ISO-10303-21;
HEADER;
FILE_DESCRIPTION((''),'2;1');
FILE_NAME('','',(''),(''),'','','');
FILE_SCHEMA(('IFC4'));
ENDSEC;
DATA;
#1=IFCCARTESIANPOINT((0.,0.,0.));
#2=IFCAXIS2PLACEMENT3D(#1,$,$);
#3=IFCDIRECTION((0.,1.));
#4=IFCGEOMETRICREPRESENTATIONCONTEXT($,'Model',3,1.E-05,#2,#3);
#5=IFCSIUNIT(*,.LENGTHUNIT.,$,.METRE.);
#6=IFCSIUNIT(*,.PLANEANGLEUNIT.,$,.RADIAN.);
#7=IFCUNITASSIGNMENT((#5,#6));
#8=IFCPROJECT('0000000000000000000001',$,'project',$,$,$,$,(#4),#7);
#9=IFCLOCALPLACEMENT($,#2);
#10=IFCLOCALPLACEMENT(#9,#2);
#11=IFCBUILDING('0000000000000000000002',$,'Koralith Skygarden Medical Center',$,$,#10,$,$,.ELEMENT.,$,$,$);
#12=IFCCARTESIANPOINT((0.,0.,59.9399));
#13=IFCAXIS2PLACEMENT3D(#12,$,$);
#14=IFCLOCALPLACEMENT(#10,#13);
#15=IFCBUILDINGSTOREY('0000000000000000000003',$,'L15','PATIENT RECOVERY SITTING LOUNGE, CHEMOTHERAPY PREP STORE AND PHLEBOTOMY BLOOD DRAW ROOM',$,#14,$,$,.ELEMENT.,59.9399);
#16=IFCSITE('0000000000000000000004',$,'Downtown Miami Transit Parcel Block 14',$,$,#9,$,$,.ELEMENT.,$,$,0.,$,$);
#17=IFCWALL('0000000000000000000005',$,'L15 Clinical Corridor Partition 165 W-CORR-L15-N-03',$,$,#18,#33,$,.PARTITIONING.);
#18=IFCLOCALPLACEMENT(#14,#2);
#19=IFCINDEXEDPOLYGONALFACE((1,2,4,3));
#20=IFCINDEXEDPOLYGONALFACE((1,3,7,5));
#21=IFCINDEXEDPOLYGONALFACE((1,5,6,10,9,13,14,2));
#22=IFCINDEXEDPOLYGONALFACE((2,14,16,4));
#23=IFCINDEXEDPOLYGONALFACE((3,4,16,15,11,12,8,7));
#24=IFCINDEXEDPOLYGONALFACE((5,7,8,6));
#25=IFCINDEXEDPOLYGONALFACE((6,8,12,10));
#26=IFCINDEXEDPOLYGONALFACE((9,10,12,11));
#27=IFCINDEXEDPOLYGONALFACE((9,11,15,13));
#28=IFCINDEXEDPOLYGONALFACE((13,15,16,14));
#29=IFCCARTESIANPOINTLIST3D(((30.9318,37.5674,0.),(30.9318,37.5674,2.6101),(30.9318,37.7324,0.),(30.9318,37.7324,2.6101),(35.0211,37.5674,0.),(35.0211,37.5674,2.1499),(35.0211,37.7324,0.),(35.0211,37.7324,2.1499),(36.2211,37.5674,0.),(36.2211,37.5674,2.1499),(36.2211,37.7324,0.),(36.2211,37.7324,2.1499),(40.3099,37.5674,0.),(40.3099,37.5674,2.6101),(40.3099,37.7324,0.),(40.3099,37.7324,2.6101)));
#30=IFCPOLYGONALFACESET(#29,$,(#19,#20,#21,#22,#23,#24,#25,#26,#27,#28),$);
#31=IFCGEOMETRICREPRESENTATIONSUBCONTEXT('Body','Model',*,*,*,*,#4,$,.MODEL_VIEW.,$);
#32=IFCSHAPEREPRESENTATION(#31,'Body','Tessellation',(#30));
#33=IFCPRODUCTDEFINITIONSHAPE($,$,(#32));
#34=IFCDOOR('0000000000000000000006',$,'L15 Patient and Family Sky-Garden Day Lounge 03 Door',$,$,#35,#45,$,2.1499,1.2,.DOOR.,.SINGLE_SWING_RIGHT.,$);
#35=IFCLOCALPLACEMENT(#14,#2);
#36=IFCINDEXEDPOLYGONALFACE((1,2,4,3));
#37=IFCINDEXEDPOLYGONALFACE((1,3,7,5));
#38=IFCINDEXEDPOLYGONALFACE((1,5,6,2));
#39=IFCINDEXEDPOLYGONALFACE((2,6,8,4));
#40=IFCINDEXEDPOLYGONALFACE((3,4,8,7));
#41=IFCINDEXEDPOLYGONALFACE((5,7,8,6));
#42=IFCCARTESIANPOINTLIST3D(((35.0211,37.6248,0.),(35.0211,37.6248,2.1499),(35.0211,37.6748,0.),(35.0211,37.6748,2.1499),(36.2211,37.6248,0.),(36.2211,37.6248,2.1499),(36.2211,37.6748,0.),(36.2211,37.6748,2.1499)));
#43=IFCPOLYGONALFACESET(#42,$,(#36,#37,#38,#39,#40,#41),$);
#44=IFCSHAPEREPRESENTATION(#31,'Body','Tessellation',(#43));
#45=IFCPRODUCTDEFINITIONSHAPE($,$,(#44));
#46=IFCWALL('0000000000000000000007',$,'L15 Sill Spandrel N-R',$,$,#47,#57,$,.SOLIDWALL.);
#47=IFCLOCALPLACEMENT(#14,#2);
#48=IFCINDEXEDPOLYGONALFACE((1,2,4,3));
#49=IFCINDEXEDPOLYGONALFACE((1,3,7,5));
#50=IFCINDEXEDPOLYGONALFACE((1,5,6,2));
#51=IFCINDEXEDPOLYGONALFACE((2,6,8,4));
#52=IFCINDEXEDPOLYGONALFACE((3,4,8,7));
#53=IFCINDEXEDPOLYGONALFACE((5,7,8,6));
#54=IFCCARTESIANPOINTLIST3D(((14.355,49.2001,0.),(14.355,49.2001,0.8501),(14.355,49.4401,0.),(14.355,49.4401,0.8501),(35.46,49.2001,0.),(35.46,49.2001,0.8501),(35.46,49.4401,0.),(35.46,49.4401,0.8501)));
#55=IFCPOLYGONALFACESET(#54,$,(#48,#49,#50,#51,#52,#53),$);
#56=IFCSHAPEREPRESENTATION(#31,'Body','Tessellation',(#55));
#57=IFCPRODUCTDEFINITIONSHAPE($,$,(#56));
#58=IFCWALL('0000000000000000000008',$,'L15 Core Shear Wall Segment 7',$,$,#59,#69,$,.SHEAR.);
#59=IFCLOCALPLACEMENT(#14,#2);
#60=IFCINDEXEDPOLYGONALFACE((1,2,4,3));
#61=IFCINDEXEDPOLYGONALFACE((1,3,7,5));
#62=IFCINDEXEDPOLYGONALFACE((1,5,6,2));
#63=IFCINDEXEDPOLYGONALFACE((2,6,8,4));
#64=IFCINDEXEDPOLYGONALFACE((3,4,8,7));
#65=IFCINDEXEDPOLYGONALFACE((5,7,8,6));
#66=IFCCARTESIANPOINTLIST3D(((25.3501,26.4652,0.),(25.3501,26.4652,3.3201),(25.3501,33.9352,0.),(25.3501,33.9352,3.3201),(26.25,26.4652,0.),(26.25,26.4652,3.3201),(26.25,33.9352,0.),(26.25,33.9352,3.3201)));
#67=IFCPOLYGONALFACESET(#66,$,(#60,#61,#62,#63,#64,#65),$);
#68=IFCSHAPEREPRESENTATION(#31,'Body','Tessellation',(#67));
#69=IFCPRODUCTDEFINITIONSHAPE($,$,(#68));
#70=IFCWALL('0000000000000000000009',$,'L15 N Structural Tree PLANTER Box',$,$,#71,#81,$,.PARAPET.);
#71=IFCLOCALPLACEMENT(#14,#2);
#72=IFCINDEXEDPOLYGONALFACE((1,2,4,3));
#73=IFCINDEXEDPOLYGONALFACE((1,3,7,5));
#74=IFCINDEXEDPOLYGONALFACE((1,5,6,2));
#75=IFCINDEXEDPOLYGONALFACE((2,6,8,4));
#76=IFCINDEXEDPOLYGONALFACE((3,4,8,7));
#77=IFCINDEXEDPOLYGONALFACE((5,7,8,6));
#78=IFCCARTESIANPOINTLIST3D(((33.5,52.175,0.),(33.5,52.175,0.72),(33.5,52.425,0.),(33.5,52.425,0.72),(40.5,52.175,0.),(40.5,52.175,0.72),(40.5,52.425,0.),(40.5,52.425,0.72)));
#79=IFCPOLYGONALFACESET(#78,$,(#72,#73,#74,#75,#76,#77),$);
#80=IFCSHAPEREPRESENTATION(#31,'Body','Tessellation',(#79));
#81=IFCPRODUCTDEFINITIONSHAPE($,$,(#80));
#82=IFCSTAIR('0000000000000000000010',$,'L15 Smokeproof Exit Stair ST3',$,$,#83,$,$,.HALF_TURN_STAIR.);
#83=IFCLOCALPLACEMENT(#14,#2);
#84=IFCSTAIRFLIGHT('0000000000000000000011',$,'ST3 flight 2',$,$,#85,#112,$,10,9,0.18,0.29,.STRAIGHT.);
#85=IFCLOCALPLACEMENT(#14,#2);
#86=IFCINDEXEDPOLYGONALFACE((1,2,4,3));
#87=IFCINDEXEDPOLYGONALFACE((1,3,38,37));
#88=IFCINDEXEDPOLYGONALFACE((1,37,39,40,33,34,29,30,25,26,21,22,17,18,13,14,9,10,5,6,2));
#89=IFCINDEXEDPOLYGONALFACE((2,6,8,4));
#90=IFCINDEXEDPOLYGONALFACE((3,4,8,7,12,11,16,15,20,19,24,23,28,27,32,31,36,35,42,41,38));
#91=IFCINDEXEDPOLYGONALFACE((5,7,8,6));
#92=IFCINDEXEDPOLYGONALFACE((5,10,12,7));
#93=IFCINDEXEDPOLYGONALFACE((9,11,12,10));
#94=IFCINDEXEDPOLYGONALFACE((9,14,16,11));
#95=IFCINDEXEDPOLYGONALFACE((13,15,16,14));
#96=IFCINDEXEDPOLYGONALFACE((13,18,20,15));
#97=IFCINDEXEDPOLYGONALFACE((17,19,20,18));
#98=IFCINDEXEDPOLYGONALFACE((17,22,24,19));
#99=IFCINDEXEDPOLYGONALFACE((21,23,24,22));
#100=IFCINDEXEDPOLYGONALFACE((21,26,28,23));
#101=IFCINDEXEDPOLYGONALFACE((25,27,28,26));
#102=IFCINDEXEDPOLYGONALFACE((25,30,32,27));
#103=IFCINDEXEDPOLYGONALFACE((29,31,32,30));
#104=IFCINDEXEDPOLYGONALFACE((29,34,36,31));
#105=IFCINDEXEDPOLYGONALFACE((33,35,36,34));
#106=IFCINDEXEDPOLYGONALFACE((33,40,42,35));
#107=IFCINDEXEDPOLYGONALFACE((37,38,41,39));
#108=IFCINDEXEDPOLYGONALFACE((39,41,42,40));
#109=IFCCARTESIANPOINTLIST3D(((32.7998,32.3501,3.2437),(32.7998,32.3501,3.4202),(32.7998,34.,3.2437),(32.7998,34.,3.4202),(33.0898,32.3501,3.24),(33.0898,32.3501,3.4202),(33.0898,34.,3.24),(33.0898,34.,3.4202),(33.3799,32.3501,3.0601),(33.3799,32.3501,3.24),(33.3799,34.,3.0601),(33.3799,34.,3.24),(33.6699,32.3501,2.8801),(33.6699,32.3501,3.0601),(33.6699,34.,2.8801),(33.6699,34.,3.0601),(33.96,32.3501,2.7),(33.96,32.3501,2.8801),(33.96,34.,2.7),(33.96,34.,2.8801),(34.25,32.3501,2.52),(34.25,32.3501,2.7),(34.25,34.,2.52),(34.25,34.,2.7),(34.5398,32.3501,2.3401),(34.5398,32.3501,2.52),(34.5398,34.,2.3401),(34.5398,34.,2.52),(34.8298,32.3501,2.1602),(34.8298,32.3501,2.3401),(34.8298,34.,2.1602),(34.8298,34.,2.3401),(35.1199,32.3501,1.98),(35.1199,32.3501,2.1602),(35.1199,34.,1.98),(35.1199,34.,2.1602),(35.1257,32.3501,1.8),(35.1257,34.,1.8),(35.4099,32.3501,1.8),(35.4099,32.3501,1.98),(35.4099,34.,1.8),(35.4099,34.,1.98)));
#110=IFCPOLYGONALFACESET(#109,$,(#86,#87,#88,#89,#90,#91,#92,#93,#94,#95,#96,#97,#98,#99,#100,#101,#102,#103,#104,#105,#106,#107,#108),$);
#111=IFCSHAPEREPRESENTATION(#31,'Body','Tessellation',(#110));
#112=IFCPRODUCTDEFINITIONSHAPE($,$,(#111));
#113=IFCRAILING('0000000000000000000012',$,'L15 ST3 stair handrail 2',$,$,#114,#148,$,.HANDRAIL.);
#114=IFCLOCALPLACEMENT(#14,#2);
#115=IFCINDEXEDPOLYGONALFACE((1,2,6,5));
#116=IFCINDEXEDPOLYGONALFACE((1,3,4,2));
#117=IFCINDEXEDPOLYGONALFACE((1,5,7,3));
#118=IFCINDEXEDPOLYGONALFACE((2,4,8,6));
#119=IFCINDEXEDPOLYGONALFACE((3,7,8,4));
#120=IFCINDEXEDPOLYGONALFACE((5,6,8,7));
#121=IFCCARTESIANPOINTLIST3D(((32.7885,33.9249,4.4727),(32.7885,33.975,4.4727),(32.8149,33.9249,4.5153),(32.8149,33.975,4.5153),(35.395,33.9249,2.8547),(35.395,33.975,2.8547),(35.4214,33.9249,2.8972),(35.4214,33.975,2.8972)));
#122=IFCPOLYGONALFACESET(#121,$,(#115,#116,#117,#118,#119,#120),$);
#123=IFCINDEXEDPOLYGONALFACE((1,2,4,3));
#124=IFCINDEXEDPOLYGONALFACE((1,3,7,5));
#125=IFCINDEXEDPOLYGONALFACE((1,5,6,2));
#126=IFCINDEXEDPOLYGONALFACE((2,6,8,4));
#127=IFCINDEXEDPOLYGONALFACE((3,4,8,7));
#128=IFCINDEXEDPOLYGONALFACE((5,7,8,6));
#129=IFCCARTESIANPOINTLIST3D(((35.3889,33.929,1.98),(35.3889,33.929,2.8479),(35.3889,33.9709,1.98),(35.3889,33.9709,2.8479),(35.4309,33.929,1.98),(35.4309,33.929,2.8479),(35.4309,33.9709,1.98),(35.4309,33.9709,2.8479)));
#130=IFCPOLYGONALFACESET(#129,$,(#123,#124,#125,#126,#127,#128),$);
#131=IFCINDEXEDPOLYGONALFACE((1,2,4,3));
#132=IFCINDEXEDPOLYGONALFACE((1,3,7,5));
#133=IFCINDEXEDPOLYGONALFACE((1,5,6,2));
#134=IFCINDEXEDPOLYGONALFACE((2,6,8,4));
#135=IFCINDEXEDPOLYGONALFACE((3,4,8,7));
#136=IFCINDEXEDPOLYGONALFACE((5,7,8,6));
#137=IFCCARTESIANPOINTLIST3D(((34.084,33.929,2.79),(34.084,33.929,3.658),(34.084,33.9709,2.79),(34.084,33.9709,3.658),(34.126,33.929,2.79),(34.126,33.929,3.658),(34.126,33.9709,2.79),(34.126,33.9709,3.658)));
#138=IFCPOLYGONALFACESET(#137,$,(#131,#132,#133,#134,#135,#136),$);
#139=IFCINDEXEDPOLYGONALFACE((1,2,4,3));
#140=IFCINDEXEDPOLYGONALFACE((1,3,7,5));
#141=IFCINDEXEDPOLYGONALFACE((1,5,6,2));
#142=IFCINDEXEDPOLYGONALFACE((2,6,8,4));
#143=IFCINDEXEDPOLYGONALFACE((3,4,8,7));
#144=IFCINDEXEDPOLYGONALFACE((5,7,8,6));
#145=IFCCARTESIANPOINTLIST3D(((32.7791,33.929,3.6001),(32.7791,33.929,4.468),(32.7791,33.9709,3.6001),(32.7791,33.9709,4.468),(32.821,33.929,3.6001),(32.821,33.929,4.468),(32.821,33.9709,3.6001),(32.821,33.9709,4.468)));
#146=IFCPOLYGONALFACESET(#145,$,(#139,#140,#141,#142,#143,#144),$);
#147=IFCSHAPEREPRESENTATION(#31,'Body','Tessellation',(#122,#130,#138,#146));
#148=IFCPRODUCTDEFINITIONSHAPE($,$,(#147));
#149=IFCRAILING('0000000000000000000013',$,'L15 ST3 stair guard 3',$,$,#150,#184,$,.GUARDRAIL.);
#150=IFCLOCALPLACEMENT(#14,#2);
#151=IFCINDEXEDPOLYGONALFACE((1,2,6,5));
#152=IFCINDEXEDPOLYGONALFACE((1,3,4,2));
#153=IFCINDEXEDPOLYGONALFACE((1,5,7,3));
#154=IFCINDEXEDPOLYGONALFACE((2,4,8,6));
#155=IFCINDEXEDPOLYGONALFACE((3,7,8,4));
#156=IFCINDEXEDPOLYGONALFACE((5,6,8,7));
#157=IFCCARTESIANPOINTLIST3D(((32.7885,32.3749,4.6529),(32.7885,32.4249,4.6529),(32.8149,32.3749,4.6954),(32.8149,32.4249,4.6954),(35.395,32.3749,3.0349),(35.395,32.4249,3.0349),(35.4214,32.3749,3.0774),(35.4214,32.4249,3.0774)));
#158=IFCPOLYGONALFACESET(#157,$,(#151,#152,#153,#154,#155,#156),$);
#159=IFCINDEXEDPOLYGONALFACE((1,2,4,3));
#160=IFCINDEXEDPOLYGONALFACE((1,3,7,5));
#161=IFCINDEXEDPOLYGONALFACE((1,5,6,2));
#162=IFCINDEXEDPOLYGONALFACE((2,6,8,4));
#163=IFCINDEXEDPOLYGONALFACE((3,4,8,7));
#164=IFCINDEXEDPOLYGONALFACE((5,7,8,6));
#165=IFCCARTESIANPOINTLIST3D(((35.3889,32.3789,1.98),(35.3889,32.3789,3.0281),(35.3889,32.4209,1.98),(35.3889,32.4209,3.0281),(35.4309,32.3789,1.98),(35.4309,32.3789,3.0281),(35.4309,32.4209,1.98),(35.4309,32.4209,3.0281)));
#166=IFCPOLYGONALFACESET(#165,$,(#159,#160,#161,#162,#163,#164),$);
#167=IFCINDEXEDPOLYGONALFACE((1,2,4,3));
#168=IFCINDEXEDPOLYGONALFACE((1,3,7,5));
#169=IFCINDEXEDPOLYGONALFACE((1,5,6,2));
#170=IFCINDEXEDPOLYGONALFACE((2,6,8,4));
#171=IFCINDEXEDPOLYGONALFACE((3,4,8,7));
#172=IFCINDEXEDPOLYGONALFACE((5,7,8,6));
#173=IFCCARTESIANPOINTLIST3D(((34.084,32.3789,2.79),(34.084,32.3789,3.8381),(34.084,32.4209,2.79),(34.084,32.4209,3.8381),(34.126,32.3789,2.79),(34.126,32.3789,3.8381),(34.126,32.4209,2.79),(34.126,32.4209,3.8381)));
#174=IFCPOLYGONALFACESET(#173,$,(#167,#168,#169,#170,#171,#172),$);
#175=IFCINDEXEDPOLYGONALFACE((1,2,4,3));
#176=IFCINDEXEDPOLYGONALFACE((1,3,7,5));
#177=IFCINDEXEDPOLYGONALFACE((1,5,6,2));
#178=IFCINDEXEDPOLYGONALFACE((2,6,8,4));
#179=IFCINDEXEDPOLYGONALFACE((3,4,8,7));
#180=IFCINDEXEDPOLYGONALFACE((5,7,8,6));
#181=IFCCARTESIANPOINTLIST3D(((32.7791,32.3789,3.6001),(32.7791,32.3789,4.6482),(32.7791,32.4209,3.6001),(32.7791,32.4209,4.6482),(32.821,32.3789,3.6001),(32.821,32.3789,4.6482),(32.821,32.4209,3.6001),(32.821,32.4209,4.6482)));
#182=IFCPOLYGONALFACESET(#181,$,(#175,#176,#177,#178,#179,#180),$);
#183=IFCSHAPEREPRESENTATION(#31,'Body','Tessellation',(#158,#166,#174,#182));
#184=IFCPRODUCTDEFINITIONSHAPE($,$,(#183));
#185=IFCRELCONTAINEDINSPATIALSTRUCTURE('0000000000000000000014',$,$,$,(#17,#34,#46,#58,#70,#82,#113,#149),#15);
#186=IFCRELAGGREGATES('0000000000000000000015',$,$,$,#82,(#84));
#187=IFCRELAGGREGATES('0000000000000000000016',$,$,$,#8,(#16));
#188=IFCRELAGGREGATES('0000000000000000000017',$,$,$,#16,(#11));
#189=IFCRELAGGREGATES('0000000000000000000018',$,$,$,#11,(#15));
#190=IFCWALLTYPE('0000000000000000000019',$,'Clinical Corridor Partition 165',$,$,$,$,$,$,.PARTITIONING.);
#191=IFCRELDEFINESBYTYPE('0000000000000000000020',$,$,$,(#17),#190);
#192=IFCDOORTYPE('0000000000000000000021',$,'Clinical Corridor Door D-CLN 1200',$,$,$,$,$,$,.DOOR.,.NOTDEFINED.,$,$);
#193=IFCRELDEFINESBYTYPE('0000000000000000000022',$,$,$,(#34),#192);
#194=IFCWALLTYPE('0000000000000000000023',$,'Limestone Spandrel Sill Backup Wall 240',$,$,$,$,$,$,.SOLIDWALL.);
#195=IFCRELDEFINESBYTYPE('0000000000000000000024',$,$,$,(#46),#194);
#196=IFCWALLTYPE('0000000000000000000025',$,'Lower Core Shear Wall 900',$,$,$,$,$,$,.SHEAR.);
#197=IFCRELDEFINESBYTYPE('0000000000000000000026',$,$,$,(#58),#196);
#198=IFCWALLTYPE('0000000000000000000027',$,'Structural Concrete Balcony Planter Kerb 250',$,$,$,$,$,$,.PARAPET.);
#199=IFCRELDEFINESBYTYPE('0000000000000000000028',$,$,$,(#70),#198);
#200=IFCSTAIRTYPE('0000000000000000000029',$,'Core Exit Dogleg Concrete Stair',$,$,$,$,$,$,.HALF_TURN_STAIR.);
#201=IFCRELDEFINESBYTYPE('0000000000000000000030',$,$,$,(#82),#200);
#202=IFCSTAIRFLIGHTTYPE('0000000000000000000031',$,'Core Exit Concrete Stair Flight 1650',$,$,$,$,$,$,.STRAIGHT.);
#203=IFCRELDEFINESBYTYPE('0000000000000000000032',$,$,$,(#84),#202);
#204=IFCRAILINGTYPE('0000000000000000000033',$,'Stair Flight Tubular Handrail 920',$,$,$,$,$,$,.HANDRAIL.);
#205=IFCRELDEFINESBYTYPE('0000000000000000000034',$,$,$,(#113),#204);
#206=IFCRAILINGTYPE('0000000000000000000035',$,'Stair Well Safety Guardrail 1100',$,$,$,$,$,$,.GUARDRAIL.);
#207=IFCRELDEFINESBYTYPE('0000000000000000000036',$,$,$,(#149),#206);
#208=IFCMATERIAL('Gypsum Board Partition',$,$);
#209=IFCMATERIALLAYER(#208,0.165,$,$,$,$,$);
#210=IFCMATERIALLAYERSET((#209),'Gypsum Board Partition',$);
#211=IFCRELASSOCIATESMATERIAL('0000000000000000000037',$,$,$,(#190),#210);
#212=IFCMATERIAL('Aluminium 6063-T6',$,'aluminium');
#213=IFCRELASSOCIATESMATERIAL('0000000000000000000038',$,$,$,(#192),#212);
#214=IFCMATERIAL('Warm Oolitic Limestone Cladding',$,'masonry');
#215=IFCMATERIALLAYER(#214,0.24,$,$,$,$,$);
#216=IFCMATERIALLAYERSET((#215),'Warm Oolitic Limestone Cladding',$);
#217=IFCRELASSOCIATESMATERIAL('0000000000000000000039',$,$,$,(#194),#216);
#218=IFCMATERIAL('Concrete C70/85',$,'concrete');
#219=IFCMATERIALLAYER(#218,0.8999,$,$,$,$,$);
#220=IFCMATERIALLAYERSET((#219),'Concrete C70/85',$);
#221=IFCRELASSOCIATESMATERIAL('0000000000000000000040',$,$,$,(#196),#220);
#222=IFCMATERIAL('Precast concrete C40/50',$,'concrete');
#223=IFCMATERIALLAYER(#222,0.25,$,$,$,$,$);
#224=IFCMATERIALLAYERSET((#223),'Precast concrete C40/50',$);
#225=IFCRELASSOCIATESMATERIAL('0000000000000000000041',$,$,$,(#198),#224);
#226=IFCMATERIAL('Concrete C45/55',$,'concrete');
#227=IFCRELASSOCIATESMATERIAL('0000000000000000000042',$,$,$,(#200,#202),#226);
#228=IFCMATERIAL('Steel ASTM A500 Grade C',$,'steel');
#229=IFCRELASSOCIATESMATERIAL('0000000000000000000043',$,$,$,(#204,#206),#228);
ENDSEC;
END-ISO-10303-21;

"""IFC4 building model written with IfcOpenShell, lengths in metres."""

from ifc_helpers import new_model, si_unit, direction, frame, frame_2d, origin, origin_2d, place, context, subcontext, project, spatial, polyline, rectangle, outline, extrude, material, layer, layer_set, type_object, element, fill, aggregate, save


model = new_model("IFC4")

# Units and contexts
model_context = context("Model", 3, precision=1e-05, world=origin(), true_north=direction((0.0, 1.0)))
body_context = subcontext(model_context, "Body", "Model", "MODEL_VIEW")
ifc_project = project(units=[si_unit("LENGTHUNIT", "METRE"), si_unit("PLANEANGLEUNIT", "RADIAN")], contexts=[model_context])

# Site, building, storey
site_placement = place(None, origin())
site = spatial("IfcSite", under=ifc_project, at=site_placement, Name="Downtown Miami Transit Parcel Block 14", CompositionType="ELEMENT", RefElevation=0.0)
building_placement = place(site_placement, origin())
building = spatial("IfcBuilding", under=site, at=building_placement, Name="Koralith Skygarden Medical Center", CompositionType="ELEMENT")
storey_placement = place(building_placement, frame((0.0, 0.0, 59.9399)))
storey = spatial("IfcBuildingStorey", under=building, at=storey_placement, Name="L15", Description="PATIENT RECOVERY SITTING LOUNGE, CHEMOTHERAPY PREP STORE AND PHLEBOTOMY BLOOD DRAW ROOM", CompositionType="ELEMENT", Elevation=59.9399)

# Shared definitions
ifc_material_1 = material(Name="Concrete C70/85", Category="concrete")

# Shared definitions
ifc_material_2 = material(Name="Aluminium 6063-T6", Category="aluminium")

# Shared definitions
ifc_material_3 = material(Name="Concrete C45/55", Category="concrete")

# Shared definitions
ifc_material_4 = material(Name="Gypsum Board Partition")

# Wall, opening, door
ifc_layer_1 = layer(ifc_material_4, 0.165)
ifc_layer_set_1 = layer_set([ifc_layer_1], Name="Gypsum Board Partition")
wall_type_1 = type_object("IfcWallType", Name="Clinical Corridor Partition 165", PredefinedType="PARTITIONING", material=ifc_layer_set_1)
wall_1_placement = place(storey_placement, frame((30.9319, 37.6499, 0.0), z_axis=(0.0, 0.0, 1.0), x_axis=(1.0, 0.0, 0.0)))
wall_1 = element("IfcWall", 1, at=wall_1_placement, inside=storey, type_object=wall_type_1, Name="L15 Clinical Corridor Partition 165 W-CORR-L15-N-03", PredefinedType="PARTITIONING", context=body_context, shape_type="SweptSolid", body=[
    extrude(rectangle(XDim=9.3782, YDim=0.165, at=frame_2d((4.689, 0.0))), origin(), (0.0, 0.0, 1.0), 2.6101),
])
opening_placement = place(wall_1_placement, frame((4.0891, 0.0, 0.0)))
opening = element("IfcOpeningElement", 2, at=opening_placement, cuts=wall_1, PredefinedType="OPENING", context=body_context, shape_type="SweptSolid", body=[
    extrude(rectangle(XDim=1.2, YDim=2.1499, at=frame_2d((0.6001, 1.075))), frame((0.0, 0.0925, 0.0), z_axis=(0.0, -1.0, 0.0), x_axis=(1.0, 0.0, 0.0)), (0.0, 0.0, 1.0), 0.1851),
])
door_type = type_object("IfcDoorType", Name="Clinical Corridor Door D-CLN 1200", OperationType="NOTDEFINED", PredefinedType="DOOR", material=ifc_material_2)
door_placement = place(opening_placement, origin())
door = element("IfcDoor", 3, at=door_placement, inside=storey, type_object=door_type, Name="L15 Patient and Family Sky-Garden Day Lounge 03 Door", OperationType="SINGLE_SWING_RIGHT", OverallHeight=2.1499, OverallWidth=1.2, PredefinedType="DOOR", context=body_context, shape_type="SweptSolid", body=[
    extrude(rectangle(XDim=1.2, YDim=2.1499, at=frame_2d((0.6001, 1.075))), frame((0.0, 0.0249, 0.0), z_axis=(0.0, -1.0, 0.0), x_axis=(1.0, 0.0, 0.0)), (0.0, 0.0, 1.0), 0.05),
])
fill(opening, door)

# Walls
ifc_material_5 = material(Name="Warm Oolitic Limestone Cladding", Category="masonry")
ifc_layer_2 = layer(ifc_material_5, 0.24)
ifc_layer_set_2 = layer_set([ifc_layer_2], Name="Warm Oolitic Limestone Cladding")
wall_type_2 = type_object("IfcWallType", Name="Limestone Spandrel Sill Backup Wall 240", PredefinedType="SOLIDWALL", material=ifc_layer_set_2)
wall_2_placement = place(storey_placement, frame((35.46, 49.3201, 0.0), z_axis=(0.0, 0.0, 1.0), x_axis=(-1.0, 0.0, 0.0)))
element("IfcWall", 4, at=wall_2_placement, inside=storey, type_object=wall_type_2, Name="L15 Sill Spandrel N-R", PredefinedType="SOLIDWALL", context=body_context, shape_type="SweptSolid", body=[
    extrude(rectangle(XDim=21.105, YDim=0.24, at=frame_2d((10.5525, 0.0))), origin(), (0.0, 0.0, 1.0), 0.8501),
])
ifc_layer_3 = layer(ifc_material_1, 0.8999)
ifc_layer_set_3 = layer_set([ifc_layer_3], Name="Concrete C70/85")
wall_type_3 = type_object("IfcWallType", Name="Lower Core Shear Wall 900", PredefinedType="SHEAR", material=ifc_layer_set_3)
wall_3_placement = place(storey_placement, frame((25.8, 33.9351, 0.0), z_axis=(0.0, 0.0, 1.0), x_axis=(0.0, -1.0, 0.0)))
element("IfcWall", 5, at=wall_3_placement, inside=storey, type_object=wall_type_3, Name="L15 Core Shear Wall Segment 7", PredefinedType="SHEAR", context=body_context, shape_type="SweptSolid", body=[
    extrude(rectangle(XDim=7.47, YDim=0.8999, at=frame_2d((3.7349, 0.0))), origin(), (0.0, 0.0, 1.0), 3.3201),
])
ifc_material_6 = material(Name="Precast concrete C40/50", Category="concrete")
ifc_layer_4 = layer(ifc_material_6, 0.25)
ifc_layer_set_4 = layer_set([ifc_layer_4], Name="Precast concrete C40/50")
wall_type_4 = type_object("IfcWallType", Name="Structural Concrete Balcony Planter Kerb 250", PredefinedType="PARAPET", material=ifc_layer_set_4)
wall_4_placement = place(storey_placement, frame((33.5, 52.3, 0.0), z_axis=(0.0, 0.0, 1.0), x_axis=(1.0, 0.0, 0.0)))
element("IfcWall", 6, at=wall_4_placement, inside=storey, type_object=wall_type_4, Name="L15 N Structural Tree PLANTER Box", PredefinedType="PARAPET", context=body_context, shape_type="SweptSolid", body=[
    extrude(rectangle(XDim=7.0, YDim=0.25, at=frame_2d((3.5, 0.0))), origin(), (0.0, 0.0, 1.0), 0.72),
])

# Stair, stair flight
stair_type = type_object("IfcStairType", Name="Core Exit Dogleg Concrete Stair", PredefinedType="HALF_TURN_STAIR", material=ifc_material_3)
stair_placement = place(storey_placement, origin())
stair = element("IfcStair", 7, at=stair_placement, inside=storey, type_object=stair_type, Name="L15 Smokeproof Exit Stair ST3", PredefinedType="HALF_TURN_STAIR")
stair_flight_type = type_object("IfcStairFlightType", Name="Core Exit Concrete Stair Flight 1650", PredefinedType="STRAIGHT", material=ifc_material_3)
stair_flight_placement = place(storey_placement, frame((35.4099, 33.175, 1.8), z_axis=(0.0, 0.0, 1.0), x_axis=(-1.0, 0.0, 0.0)))
stair_flight = element("IfcStairFlight", 8, at=stair_flight_placement, type_object=stair_flight_type, Name="ST3 flight 2", NumberOfRisers=10, NumberOfTreads=9, PredefinedType="STRAIGHT", RiserHeight=0.18, TreadLength=0.29, context=body_context, shape_type="SweptSolid", body=[
    extrude(outline(polyline([(0.0, 0.0), (0.0, 0.1799), (0.29, 0.1799), (0.29, 0.3601), (0.5801, 0.3601), (0.5801, 0.54), (0.8701, 0.54), (0.8701, 0.72), (1.1599, 0.72), (1.1599, 0.8999), (1.45, 0.8999), (1.45, 1.0801), (1.74, 1.0801), (1.74, 1.26), (2.03, 1.26), (2.03, 1.4399), (2.3201, 1.4399), (2.3201, 1.6201), (2.6101, 1.6201), (2.6101, 1.8), (2.6101, 1.4436), (0.2842, 0.0), (0.0, 0.0)])), frame((0.0, 0.825, 0.0), z_axis=(0.0, -1.0, 0.0), x_axis=(1.0, 0.0, 0.0)), (0.0, 0.0, 1.0), 1.6499),
])
aggregate(stair, [stair_flight])

# Railings
ifc_material_7 = material(Name="Steel ASTM A500 Grade C", Category="steel")
railing_type_1 = type_object("IfcRailingType", Name="Stair Flight Tubular Handrail 920", PredefinedType="HANDRAIL", material=ifc_material_7)
railing_1_placement = place(storey_placement, frame((35.4099, 33.95, 1.98)))
element("IfcRailing", 9, at=railing_1_placement, inside=storey, type_object=railing_type_1, Name="L15 ST3 stair handrail 2", PredefinedType="HANDRAIL", context=body_context, shape_type="SweptSolid", body=[
    extrude(rectangle(XDim=0.05, YDim=0.05, at=origin_2d()), frame((-0.0017, 0.0, 0.896), z_axis=(-0.849611, 0.0, 0.52741), x_axis=(0.0, -1.0, 0.0)), (0.0, 0.0, 1.0), 3.0679),
    extrude(rectangle(XDim=0.042, YDim=0.042, at=origin_2d()), origin(), (0.0, 0.0, 1.0), 0.8679),
    extrude(rectangle(XDim=0.042, YDim=0.042, at=origin_2d()), frame((-1.3049, 0.0, 0.8101)), (0.0, 0.0, 1.0), 0.8679),
    extrude(rectangle(XDim=0.042, YDim=0.042, at=origin_2d()), frame((-2.6099, 0.0, 1.6201)), (0.0, 0.0, 1.0), 0.8679),
])
railing_type_2 = type_object("IfcRailingType", Name="Stair Well Safety Guardrail 1100", PredefinedType="GUARDRAIL", material=ifc_material_7)
railing_2_placement = place(storey_placement, frame((35.4099, 32.3999, 1.98)))
element("IfcRailing", 10, at=railing_2_placement, inside=storey, type_object=railing_type_2, Name="L15 ST3 stair guard 3", PredefinedType="GUARDRAIL", context=body_context, shape_type="SweptSolid", body=[
    extrude(rectangle(XDim=0.05, YDim=0.05, at=origin_2d()), frame((-0.0017, 0.0, 1.0762), z_axis=(-0.849611, 0.0, 0.52741), x_axis=(0.0, -1.0, 0.0)), (0.0, 0.0, 1.0), 3.0679),
    extrude(rectangle(XDim=0.042, YDim=0.042, at=origin_2d()), origin(), (0.0, 0.0, 1.0), 1.0481),
    extrude(rectangle(XDim=0.042, YDim=0.042, at=origin_2d()), frame((-1.3049, 0.0, 0.8101)), (0.0, 0.0, 1.0), 1.0481),
    extrude(rectangle(XDim=0.042, YDim=0.042, at=origin_2d()), frame((-2.6099, 0.0, 1.6201)), (0.0, 0.0, 1.0), 1.0481),
])

save(model, "model.ifc")
